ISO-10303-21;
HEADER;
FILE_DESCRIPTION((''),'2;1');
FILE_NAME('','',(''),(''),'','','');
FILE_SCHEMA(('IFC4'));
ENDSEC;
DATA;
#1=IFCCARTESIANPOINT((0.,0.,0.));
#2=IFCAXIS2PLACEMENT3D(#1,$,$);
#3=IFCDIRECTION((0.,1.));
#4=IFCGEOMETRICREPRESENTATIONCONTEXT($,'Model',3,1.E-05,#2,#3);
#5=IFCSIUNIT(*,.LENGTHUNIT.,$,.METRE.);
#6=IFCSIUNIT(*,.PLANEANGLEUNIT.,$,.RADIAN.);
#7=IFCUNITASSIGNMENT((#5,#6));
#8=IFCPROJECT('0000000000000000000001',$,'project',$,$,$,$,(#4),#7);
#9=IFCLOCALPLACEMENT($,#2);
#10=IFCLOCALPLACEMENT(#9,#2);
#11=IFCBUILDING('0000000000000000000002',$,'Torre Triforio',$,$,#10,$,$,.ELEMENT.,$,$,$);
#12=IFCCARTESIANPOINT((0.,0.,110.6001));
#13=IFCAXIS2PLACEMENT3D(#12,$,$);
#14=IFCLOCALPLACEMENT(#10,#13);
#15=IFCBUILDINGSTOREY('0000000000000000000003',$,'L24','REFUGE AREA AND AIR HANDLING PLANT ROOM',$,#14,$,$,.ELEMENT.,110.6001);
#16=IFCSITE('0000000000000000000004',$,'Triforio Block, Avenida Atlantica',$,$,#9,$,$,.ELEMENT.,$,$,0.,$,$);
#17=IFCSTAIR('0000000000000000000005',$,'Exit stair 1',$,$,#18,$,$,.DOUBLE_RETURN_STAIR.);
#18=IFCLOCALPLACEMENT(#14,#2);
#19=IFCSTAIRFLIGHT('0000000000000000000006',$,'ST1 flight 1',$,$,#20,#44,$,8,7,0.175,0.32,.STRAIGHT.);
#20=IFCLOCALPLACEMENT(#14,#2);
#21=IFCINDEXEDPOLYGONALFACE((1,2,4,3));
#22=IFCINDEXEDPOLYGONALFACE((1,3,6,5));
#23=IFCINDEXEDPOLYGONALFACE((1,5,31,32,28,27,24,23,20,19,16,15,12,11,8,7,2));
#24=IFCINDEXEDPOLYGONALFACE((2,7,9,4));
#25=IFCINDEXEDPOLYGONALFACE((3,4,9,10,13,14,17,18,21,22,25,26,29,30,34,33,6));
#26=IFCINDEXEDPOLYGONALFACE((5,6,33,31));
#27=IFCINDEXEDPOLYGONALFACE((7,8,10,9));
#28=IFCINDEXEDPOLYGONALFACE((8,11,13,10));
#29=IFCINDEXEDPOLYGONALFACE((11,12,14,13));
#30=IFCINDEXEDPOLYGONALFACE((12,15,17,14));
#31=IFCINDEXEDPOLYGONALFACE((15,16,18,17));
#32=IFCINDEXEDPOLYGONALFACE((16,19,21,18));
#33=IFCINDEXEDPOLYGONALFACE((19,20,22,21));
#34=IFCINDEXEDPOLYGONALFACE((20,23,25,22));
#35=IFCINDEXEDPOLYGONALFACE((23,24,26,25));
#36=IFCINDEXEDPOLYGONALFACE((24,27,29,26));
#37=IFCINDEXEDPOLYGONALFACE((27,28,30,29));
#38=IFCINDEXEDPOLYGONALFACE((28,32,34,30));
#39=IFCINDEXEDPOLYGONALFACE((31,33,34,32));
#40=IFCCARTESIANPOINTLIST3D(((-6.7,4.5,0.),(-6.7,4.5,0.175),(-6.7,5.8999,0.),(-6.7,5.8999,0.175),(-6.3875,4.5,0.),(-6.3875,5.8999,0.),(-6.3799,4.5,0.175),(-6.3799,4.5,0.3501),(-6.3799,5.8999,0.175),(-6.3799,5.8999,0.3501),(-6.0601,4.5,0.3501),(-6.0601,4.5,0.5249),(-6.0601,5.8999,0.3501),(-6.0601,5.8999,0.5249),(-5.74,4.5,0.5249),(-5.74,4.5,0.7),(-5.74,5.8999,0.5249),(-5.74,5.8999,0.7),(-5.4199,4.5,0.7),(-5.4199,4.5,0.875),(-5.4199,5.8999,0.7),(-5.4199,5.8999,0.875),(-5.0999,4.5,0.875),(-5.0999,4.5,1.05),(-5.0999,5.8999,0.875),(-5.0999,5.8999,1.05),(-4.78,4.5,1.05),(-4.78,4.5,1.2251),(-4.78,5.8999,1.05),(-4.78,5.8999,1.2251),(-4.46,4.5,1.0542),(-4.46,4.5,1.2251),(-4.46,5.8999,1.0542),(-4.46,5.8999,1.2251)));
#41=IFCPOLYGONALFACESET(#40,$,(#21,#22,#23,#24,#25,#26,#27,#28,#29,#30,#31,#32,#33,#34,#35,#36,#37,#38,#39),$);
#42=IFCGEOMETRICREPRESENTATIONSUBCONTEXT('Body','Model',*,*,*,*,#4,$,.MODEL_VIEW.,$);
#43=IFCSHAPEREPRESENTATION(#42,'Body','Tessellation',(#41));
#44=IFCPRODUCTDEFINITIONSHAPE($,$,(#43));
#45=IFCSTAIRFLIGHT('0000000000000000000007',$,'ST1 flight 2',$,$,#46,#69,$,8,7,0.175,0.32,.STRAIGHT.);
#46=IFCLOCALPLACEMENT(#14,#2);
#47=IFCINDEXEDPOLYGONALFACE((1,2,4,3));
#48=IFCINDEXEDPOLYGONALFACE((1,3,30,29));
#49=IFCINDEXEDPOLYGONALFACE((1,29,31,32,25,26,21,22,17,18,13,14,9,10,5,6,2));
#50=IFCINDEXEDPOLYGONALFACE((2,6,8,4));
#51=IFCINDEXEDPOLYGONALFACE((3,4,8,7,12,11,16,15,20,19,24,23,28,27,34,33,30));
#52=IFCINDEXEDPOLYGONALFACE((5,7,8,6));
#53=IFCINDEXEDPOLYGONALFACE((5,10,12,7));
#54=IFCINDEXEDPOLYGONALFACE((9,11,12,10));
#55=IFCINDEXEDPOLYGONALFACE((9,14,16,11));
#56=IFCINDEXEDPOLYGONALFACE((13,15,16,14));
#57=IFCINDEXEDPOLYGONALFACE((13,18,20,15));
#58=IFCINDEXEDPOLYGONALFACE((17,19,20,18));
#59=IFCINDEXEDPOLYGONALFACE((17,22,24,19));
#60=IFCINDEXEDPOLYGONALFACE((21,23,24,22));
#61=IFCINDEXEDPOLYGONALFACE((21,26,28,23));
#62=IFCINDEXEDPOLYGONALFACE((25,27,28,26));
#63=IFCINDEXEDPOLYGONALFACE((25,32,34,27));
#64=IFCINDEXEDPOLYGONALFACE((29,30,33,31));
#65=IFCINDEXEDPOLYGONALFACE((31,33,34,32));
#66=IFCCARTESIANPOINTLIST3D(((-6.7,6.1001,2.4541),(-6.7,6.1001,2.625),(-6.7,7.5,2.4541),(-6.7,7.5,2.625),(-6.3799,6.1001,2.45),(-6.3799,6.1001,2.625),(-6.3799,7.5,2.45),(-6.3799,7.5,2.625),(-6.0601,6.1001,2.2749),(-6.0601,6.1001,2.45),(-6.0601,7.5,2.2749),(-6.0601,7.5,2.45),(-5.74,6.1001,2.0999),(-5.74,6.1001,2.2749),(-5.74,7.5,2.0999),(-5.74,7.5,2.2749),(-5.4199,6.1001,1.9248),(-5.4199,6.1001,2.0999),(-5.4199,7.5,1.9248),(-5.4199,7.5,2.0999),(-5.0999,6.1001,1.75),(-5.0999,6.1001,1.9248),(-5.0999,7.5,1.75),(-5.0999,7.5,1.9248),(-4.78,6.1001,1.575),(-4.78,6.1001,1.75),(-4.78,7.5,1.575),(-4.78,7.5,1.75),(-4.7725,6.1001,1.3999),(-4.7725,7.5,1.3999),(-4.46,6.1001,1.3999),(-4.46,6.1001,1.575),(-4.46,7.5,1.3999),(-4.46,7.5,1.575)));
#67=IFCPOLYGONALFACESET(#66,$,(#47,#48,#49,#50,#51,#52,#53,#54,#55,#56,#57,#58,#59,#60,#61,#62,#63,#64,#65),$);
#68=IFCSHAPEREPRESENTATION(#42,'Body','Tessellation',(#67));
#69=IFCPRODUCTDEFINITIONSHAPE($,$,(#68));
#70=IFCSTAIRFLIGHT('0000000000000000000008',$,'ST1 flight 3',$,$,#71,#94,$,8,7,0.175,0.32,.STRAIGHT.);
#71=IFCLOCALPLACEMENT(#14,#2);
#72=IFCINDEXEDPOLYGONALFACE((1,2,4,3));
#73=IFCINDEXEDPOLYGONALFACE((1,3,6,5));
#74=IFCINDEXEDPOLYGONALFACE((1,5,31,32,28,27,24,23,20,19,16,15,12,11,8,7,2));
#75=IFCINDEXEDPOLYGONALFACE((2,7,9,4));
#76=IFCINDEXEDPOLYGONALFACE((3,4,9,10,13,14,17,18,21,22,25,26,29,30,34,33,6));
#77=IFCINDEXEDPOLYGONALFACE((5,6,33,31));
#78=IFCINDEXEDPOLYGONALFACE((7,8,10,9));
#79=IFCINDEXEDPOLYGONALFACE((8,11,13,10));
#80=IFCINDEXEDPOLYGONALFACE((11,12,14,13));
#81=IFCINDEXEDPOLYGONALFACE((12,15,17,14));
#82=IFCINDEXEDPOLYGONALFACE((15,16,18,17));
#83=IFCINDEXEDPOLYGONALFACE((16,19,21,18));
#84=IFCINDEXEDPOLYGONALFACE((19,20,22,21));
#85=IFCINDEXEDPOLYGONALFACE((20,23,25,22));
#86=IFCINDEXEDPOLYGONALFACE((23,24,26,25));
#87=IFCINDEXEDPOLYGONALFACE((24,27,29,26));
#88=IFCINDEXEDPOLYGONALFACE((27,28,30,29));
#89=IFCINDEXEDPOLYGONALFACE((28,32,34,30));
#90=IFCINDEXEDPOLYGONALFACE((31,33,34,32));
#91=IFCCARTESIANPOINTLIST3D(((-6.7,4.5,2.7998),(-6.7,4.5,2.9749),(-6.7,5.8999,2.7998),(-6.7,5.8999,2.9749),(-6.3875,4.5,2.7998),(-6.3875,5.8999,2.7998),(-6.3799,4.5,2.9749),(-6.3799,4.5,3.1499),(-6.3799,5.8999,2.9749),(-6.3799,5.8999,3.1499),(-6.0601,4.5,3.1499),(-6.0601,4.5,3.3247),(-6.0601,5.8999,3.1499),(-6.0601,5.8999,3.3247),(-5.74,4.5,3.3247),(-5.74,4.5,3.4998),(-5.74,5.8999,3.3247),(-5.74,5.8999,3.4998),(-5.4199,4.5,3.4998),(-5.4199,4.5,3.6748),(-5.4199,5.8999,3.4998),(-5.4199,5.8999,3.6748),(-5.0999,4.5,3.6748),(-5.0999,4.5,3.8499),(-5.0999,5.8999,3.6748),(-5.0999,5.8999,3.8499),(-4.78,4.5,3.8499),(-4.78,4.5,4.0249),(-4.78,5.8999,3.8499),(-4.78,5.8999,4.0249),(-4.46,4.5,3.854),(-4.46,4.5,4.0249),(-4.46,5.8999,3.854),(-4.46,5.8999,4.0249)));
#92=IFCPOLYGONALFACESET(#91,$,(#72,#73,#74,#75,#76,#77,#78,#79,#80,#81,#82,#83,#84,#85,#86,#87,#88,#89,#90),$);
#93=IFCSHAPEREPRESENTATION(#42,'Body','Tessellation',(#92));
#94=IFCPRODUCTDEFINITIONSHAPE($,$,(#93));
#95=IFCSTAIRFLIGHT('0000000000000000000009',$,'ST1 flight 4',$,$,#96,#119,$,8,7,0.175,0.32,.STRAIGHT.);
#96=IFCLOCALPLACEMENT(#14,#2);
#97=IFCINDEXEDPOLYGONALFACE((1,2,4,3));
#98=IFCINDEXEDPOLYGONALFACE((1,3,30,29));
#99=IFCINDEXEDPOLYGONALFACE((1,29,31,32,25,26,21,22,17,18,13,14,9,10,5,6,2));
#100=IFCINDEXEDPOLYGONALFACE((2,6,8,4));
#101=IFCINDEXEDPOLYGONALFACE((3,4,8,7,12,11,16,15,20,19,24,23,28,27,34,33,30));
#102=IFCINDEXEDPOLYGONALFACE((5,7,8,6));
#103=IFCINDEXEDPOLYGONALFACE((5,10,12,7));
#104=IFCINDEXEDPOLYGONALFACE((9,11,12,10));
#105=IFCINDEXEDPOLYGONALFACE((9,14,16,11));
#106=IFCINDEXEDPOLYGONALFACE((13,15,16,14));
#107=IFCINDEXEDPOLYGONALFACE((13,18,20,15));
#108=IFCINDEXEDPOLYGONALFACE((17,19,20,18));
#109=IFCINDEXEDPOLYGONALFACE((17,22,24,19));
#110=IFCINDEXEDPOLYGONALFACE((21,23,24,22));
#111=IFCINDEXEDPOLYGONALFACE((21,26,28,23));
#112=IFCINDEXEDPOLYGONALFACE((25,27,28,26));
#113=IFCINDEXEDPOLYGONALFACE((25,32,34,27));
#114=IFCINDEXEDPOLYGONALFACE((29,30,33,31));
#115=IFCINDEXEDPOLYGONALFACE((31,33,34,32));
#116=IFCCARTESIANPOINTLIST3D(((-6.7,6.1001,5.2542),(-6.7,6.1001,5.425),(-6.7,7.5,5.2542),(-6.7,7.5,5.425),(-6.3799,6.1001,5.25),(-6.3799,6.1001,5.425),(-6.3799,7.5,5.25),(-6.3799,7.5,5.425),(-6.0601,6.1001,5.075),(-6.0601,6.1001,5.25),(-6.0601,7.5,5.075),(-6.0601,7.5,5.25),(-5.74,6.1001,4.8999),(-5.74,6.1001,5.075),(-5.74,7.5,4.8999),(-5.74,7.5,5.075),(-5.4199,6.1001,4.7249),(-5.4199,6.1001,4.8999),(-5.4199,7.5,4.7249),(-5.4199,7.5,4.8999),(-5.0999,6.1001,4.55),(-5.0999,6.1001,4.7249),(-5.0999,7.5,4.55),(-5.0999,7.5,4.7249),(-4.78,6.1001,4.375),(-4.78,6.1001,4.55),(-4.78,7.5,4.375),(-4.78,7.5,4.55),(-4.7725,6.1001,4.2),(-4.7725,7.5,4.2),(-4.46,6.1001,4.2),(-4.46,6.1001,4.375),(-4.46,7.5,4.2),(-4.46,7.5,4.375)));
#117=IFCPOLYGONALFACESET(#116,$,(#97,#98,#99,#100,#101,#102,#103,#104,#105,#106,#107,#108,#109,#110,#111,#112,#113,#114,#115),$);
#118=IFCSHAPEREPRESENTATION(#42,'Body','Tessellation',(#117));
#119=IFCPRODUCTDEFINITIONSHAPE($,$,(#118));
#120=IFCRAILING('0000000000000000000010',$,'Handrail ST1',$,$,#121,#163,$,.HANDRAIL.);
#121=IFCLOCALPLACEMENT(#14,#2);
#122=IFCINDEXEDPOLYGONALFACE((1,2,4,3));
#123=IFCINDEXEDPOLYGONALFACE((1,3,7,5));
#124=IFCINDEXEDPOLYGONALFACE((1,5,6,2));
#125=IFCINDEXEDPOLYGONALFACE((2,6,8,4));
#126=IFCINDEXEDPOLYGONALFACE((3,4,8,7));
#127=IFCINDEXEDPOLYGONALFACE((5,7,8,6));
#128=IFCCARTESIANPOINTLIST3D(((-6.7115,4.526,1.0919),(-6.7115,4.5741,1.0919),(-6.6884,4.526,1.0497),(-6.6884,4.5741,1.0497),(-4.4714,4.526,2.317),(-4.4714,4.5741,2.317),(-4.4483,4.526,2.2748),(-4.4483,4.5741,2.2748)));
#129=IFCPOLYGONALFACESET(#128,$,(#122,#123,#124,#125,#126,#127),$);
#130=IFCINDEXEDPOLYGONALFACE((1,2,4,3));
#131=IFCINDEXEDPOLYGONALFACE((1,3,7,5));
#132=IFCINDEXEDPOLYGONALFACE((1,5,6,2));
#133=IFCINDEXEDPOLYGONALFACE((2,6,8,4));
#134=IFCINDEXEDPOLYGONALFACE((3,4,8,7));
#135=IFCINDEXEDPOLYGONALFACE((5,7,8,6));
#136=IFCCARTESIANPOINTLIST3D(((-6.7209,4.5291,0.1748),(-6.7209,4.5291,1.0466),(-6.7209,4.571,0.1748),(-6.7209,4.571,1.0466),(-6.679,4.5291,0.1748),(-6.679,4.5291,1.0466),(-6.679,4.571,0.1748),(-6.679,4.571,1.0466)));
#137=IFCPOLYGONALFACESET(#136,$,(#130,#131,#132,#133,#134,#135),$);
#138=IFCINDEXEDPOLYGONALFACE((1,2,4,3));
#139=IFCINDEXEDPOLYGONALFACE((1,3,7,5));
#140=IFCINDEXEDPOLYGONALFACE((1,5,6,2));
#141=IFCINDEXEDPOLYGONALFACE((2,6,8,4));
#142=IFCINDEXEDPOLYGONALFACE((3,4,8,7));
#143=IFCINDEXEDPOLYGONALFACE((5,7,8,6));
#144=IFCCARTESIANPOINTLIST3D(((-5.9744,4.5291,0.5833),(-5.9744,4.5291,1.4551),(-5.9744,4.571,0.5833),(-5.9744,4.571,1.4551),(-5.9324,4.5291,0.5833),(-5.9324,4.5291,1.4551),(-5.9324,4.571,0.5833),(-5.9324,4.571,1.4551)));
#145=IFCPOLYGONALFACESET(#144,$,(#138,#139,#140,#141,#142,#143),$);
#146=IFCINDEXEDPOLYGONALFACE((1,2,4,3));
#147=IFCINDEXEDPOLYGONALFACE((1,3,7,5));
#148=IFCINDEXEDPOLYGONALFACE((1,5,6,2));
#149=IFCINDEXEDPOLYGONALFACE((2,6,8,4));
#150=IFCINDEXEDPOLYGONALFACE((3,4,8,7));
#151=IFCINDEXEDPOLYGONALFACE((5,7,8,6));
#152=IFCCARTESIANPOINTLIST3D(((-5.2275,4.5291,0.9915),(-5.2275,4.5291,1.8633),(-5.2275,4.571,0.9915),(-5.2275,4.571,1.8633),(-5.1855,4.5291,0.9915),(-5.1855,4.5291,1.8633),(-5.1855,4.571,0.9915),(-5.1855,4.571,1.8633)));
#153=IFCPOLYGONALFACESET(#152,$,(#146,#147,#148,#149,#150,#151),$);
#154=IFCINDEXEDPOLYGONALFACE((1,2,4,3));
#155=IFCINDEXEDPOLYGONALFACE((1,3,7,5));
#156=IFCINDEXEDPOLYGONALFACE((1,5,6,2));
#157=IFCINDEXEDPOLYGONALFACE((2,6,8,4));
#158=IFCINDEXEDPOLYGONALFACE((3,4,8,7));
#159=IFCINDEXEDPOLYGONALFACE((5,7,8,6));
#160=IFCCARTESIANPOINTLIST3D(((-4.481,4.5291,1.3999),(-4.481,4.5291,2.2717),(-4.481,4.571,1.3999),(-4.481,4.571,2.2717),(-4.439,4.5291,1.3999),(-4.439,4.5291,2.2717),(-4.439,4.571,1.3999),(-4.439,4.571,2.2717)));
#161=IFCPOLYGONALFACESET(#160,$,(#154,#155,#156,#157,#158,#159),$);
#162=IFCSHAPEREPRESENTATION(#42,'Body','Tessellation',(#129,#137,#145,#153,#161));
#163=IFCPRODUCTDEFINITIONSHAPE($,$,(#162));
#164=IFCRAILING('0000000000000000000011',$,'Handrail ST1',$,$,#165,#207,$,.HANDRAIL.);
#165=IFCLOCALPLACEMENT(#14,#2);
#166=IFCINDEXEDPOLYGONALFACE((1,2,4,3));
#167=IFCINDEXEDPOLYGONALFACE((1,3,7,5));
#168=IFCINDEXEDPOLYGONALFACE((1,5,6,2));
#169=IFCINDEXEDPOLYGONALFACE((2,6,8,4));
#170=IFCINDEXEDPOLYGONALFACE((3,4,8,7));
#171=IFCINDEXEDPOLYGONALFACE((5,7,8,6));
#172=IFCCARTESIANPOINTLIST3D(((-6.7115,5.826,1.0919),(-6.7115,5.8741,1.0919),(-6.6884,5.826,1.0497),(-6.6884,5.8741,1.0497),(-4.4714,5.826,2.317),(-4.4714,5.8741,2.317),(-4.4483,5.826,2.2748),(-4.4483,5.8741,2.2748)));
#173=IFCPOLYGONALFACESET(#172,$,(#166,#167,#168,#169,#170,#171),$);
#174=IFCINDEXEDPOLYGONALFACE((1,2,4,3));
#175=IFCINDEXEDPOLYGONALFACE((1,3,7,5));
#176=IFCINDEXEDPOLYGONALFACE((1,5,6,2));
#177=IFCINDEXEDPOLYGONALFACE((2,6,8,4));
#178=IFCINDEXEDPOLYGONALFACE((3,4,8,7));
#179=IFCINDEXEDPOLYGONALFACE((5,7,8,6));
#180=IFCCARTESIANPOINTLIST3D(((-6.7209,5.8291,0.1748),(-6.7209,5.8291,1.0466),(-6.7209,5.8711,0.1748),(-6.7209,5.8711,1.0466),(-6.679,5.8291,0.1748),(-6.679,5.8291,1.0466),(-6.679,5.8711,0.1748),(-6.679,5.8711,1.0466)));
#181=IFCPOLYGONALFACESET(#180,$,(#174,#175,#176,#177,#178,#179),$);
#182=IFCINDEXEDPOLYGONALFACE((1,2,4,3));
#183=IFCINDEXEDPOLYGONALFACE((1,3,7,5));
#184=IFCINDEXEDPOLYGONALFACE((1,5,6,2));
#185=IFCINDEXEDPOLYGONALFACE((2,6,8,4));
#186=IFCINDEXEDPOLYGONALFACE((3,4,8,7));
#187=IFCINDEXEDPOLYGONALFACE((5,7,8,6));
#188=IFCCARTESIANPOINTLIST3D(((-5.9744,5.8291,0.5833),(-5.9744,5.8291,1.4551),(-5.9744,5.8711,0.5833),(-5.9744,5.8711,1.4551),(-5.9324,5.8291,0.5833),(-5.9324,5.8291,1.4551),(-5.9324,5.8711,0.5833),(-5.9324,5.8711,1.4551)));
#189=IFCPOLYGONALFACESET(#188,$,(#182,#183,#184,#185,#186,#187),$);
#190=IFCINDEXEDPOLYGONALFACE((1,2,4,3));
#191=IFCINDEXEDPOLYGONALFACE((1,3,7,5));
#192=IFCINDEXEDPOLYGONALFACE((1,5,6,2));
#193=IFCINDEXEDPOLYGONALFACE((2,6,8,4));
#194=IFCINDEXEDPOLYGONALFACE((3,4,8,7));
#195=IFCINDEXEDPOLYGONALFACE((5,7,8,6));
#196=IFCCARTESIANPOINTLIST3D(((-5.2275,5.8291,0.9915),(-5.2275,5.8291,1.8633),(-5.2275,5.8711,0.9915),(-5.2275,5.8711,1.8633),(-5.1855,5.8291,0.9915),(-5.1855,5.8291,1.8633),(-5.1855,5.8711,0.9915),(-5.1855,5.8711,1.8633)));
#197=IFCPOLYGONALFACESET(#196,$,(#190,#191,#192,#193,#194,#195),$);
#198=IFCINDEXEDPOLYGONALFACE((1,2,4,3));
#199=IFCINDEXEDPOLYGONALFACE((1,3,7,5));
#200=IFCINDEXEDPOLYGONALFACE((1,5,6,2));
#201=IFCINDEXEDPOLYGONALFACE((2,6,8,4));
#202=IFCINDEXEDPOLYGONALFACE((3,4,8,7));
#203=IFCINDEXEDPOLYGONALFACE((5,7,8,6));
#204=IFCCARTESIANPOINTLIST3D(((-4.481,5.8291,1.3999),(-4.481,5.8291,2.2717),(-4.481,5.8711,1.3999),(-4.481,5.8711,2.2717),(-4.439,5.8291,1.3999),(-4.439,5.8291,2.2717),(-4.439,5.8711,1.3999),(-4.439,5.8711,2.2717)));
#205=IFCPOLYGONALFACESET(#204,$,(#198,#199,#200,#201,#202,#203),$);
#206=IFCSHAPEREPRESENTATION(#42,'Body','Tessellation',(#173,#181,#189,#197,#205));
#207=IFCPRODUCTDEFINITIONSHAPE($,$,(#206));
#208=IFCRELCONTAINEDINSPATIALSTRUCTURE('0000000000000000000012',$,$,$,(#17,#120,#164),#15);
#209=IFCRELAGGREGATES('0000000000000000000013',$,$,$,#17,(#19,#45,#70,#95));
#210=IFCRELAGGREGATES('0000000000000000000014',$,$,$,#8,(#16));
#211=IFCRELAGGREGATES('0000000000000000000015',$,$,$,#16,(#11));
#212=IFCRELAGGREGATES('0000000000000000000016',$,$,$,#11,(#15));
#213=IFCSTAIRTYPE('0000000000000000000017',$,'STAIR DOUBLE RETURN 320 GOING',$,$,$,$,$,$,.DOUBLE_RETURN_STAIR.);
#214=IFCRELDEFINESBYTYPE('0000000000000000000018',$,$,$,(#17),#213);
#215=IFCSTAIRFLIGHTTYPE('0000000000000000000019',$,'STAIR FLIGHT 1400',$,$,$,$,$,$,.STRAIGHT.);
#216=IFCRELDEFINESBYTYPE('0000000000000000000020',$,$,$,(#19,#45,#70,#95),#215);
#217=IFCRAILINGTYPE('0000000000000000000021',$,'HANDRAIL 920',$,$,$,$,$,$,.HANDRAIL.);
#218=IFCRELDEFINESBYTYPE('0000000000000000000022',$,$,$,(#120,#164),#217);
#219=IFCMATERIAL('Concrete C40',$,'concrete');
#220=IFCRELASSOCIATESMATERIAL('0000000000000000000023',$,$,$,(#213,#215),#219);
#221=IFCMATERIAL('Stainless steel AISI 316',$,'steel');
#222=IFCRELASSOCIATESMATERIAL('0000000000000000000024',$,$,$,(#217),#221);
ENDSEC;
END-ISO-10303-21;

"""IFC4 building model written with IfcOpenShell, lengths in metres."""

from ifc_helpers import new_model, si_unit, direction, frame, origin, origin_2d, place, context, subcontext, project, spatial, polyline, rectangle, outline, extrude, material, type_object, element, aggregate, save


model = new_model("IFC4")

# Units and contexts
model_context = context("Model", 3, precision=1e-05, world=origin(), true_north=direction((0.0, 1.0)))
body_context = subcontext(model_context, "Body", "Model", "MODEL_VIEW")
ifc_project = project(units=[si_unit("LENGTHUNIT", "METRE"), si_unit("PLANEANGLEUNIT", "RADIAN")], contexts=[model_context])

# Site, building, storey
site_placement = place(None, origin())
site = spatial("IfcSite", under=ifc_project, at=site_placement, Name="Triforio Block, Avenida Atlantica", CompositionType="ELEMENT", RefElevation=0.0)
building_placement = place(site_placement, origin())
building = spatial("IfcBuilding", under=site, at=building_placement, Name="Torre Triforio", CompositionType="ELEMENT")
storey_placement = place(building_placement, frame((0.0, 0.0, 110.6001)))
storey = spatial("IfcBuildingStorey", under=building, at=storey_placement, Name="L24", Description="REFUGE AREA AND AIR HANDLING PLANT ROOM", CompositionType="ELEMENT", Elevation=110.6001)

# Stair, stair flights
ifc_material_1 = material(Name="Concrete C40", Category="concrete")
stair_type = type_object("IfcStairType", Name="STAIR DOUBLE RETURN 320 GOING", PredefinedType="DOUBLE_RETURN_STAIR", material=ifc_material_1)
stair_placement = place(storey_placement, origin())
stair = element("IfcStair", 1, at=stair_placement, inside=storey, type_object=stair_type, Name="Exit stair 1", PredefinedType="DOUBLE_RETURN_STAIR")
stair_flight_type = type_object("IfcStairFlightType", Name="STAIR FLIGHT 1400", PredefinedType="STRAIGHT", material=ifc_material_1)
stair_flight_1_placement = place(storey_placement, frame((-6.7, 5.2, 0.0), z_axis=(0.0, 0.0, 1.0), x_axis=(1.0, 0.0, 0.0)))
stair_flight_1 = element("IfcStairFlight", 2, at=stair_flight_1_placement, type_object=stair_flight_type, Name="ST1 flight 1", NumberOfRisers=8, NumberOfTreads=7, PredefinedType="STRAIGHT", RiserHeight=0.175, TreadLength=0.32, context=body_context, shape_type="SweptSolid", body=[
    extrude(outline(polyline([(0.0, 0.0), (0.0, 0.175), (0.3201, 0.175), (0.3201, 0.3501), (0.6399, 0.3501), (0.6399, 0.5249), (0.96, 0.5249), (0.96, 0.7), (1.28, 0.7), (1.28, 0.875), (1.6001, 0.875), (1.6001, 1.05), (1.9199, 1.05), (1.9199, 1.2251), (2.24, 1.2251), (2.24, 1.3999), (2.24, 1.0542), (0.3125, 0.0), (0.0, 0.0)])), frame((0.0, 0.7, 0.0), z_axis=(0.0, -1.0, 0.0), x_axis=(1.0, 0.0, 0.0)), (0.0, 0.0, 1.0), 1.3999),
])
stair_flight_2_placement = place(storey_placement, frame((-4.46, 6.8, 1.3999), z_axis=(0.0, 0.0, 1.0), x_axis=(-1.0, 0.0, 0.0)))
stair_flight_2 = element("IfcStairFlight", 3, at=stair_flight_2_placement, type_object=stair_flight_type, Name="ST1 flight 2", NumberOfRisers=8, NumberOfTreads=7, PredefinedType="STRAIGHT", RiserHeight=0.175, TreadLength=0.32, context=body_context, shape_type="SweptSolid", body=[
    extrude(outline(polyline([(0.0, 0.0), (0.0, 0.175), (0.3201, 0.175), (0.3201, 0.3501), (0.6399, 0.3501), (0.6399, 0.5249), (0.96, 0.5249), (0.96, 0.7), (1.28, 0.7), (1.28, 0.875), (1.6001, 0.875), (1.6001, 1.05), (1.9199, 1.05), (1.9199, 1.2251), (2.24, 1.2251), (2.24, 1.3999), (2.24, 1.0542), (0.3125, 0.0), (0.0, 0.0)])), frame((0.0, 0.7, 0.0), z_axis=(0.0, -1.0, 0.0), x_axis=(1.0, 0.0, 0.0)), (0.0, 0.0, 1.0), 1.3999),
])
stair_flight_3_placement = place(storey_placement, frame((-6.7, 5.2, 2.7998), z_axis=(0.0, 0.0, 1.0), x_axis=(1.0, 0.0, 0.0)))
stair_flight_3 = element("IfcStairFlight", 4, at=stair_flight_3_placement, type_object=stair_flight_type, Name="ST1 flight 3", NumberOfRisers=8, NumberOfTreads=7, PredefinedType="STRAIGHT", RiserHeight=0.175, TreadLength=0.32, context=body_context, shape_type="SweptSolid", body=[
    extrude(outline(polyline([(0.0, 0.0), (0.0, 0.175), (0.3201, 0.175), (0.3201, 0.3501), (0.6399, 0.3501), (0.6399, 0.5249), (0.96, 0.5249), (0.96, 0.7), (1.28, 0.7), (1.28, 0.875), (1.6001, 0.875), (1.6001, 1.05), (1.9199, 1.05), (1.9199, 1.2251), (2.24, 1.2251), (2.24, 1.3999), (2.24, 1.0542), (0.3125, 0.0), (0.0, 0.0)])), frame((0.0, 0.7, 0.0), z_axis=(0.0, -1.0, 0.0), x_axis=(1.0, 0.0, 0.0)), (0.0, 0.0, 1.0), 1.3999),
])
stair_flight_4_placement = place(storey_placement, frame((-4.46, 6.8, 4.2), z_axis=(0.0, 0.0, 1.0), x_axis=(-1.0, 0.0, 0.0)))
stair_flight_4 = element("IfcStairFlight", 5, at=stair_flight_4_placement, type_object=stair_flight_type, Name="ST1 flight 4", NumberOfRisers=8, NumberOfTreads=7, PredefinedType="STRAIGHT", RiserHeight=0.175, TreadLength=0.32, context=body_context, shape_type="SweptSolid", body=[
    extrude(outline(polyline([(0.0, 0.0), (0.0, 0.175), (0.3201, 0.175), (0.3201, 0.3501), (0.6399, 0.3501), (0.6399, 0.5249), (0.96, 0.5249), (0.96, 0.7), (1.28, 0.7), (1.28, 0.875), (1.6001, 0.875), (1.6001, 1.05), (1.9199, 1.05), (1.9199, 1.2251), (2.24, 1.2251), (2.24, 1.3999), (2.24, 1.0542), (0.3125, 0.0), (0.0, 0.0)])), frame((0.0, 0.7, 0.0), z_axis=(0.0, -1.0, 0.0), x_axis=(1.0, 0.0, 0.0)), (0.0, 0.0, 1.0), 1.3999),
])
aggregate(stair, [stair_flight_1, stair_flight_2, stair_flight_3, stair_flight_4])

# Railings
ifc_material_2 = material(Name="Stainless steel AISI 316", Category="steel")
railing_type = type_object("IfcRailingType", Name="HANDRAIL 920", PredefinedType="HANDRAIL", material=ifc_material_2)
for number, where, name in (
    (6, (-6.7, 4.55, 0.1748), "Handrail ST1"),
    (7, (-6.7, 5.8501, 0.1748), "Handrail ST1"),
):
    element("IfcRailing", number, at=place(storey_placement, frame(where)), inside=storey, type_object=railing_type, Name=name, PredefinedType="HANDRAIL", context=body_context, shape_type="SweptSolid", body=[
        extrude(rectangle(XDim=0.0481, YDim=0.0481, at=origin_2d()), frame((0.0, 0.0, 0.896), z_axis=(0.877354, 0.0, 0.479843), x_axis=(0.0, 1.0, 0.0)), (0.0, 0.0, 1.0), 2.5532),
        extrude(rectangle(XDim=0.042, YDim=0.042, at=origin_2d()), origin(), (0.0, 0.0, 1.0), 0.8718),
        extrude(rectangle(XDim=0.042, YDim=0.042, at=origin_2d()), frame((0.7466, 0.0, 0.4084)), (0.0, 0.0, 1.0), 0.8718),
        extrude(rectangle(XDim=0.042, YDim=0.042, at=origin_2d()), frame((1.4934, 0.0, 0.8167)), (0.0, 0.0, 1.0), 0.8718),
        extrude(rectangle(XDim=0.042, YDim=0.042, at=origin_2d()), frame((2.24, 0.0, 1.2251)), (0.0, 0.0, 1.0), 0.8718),
    ])

save(model, "model.ifc")
